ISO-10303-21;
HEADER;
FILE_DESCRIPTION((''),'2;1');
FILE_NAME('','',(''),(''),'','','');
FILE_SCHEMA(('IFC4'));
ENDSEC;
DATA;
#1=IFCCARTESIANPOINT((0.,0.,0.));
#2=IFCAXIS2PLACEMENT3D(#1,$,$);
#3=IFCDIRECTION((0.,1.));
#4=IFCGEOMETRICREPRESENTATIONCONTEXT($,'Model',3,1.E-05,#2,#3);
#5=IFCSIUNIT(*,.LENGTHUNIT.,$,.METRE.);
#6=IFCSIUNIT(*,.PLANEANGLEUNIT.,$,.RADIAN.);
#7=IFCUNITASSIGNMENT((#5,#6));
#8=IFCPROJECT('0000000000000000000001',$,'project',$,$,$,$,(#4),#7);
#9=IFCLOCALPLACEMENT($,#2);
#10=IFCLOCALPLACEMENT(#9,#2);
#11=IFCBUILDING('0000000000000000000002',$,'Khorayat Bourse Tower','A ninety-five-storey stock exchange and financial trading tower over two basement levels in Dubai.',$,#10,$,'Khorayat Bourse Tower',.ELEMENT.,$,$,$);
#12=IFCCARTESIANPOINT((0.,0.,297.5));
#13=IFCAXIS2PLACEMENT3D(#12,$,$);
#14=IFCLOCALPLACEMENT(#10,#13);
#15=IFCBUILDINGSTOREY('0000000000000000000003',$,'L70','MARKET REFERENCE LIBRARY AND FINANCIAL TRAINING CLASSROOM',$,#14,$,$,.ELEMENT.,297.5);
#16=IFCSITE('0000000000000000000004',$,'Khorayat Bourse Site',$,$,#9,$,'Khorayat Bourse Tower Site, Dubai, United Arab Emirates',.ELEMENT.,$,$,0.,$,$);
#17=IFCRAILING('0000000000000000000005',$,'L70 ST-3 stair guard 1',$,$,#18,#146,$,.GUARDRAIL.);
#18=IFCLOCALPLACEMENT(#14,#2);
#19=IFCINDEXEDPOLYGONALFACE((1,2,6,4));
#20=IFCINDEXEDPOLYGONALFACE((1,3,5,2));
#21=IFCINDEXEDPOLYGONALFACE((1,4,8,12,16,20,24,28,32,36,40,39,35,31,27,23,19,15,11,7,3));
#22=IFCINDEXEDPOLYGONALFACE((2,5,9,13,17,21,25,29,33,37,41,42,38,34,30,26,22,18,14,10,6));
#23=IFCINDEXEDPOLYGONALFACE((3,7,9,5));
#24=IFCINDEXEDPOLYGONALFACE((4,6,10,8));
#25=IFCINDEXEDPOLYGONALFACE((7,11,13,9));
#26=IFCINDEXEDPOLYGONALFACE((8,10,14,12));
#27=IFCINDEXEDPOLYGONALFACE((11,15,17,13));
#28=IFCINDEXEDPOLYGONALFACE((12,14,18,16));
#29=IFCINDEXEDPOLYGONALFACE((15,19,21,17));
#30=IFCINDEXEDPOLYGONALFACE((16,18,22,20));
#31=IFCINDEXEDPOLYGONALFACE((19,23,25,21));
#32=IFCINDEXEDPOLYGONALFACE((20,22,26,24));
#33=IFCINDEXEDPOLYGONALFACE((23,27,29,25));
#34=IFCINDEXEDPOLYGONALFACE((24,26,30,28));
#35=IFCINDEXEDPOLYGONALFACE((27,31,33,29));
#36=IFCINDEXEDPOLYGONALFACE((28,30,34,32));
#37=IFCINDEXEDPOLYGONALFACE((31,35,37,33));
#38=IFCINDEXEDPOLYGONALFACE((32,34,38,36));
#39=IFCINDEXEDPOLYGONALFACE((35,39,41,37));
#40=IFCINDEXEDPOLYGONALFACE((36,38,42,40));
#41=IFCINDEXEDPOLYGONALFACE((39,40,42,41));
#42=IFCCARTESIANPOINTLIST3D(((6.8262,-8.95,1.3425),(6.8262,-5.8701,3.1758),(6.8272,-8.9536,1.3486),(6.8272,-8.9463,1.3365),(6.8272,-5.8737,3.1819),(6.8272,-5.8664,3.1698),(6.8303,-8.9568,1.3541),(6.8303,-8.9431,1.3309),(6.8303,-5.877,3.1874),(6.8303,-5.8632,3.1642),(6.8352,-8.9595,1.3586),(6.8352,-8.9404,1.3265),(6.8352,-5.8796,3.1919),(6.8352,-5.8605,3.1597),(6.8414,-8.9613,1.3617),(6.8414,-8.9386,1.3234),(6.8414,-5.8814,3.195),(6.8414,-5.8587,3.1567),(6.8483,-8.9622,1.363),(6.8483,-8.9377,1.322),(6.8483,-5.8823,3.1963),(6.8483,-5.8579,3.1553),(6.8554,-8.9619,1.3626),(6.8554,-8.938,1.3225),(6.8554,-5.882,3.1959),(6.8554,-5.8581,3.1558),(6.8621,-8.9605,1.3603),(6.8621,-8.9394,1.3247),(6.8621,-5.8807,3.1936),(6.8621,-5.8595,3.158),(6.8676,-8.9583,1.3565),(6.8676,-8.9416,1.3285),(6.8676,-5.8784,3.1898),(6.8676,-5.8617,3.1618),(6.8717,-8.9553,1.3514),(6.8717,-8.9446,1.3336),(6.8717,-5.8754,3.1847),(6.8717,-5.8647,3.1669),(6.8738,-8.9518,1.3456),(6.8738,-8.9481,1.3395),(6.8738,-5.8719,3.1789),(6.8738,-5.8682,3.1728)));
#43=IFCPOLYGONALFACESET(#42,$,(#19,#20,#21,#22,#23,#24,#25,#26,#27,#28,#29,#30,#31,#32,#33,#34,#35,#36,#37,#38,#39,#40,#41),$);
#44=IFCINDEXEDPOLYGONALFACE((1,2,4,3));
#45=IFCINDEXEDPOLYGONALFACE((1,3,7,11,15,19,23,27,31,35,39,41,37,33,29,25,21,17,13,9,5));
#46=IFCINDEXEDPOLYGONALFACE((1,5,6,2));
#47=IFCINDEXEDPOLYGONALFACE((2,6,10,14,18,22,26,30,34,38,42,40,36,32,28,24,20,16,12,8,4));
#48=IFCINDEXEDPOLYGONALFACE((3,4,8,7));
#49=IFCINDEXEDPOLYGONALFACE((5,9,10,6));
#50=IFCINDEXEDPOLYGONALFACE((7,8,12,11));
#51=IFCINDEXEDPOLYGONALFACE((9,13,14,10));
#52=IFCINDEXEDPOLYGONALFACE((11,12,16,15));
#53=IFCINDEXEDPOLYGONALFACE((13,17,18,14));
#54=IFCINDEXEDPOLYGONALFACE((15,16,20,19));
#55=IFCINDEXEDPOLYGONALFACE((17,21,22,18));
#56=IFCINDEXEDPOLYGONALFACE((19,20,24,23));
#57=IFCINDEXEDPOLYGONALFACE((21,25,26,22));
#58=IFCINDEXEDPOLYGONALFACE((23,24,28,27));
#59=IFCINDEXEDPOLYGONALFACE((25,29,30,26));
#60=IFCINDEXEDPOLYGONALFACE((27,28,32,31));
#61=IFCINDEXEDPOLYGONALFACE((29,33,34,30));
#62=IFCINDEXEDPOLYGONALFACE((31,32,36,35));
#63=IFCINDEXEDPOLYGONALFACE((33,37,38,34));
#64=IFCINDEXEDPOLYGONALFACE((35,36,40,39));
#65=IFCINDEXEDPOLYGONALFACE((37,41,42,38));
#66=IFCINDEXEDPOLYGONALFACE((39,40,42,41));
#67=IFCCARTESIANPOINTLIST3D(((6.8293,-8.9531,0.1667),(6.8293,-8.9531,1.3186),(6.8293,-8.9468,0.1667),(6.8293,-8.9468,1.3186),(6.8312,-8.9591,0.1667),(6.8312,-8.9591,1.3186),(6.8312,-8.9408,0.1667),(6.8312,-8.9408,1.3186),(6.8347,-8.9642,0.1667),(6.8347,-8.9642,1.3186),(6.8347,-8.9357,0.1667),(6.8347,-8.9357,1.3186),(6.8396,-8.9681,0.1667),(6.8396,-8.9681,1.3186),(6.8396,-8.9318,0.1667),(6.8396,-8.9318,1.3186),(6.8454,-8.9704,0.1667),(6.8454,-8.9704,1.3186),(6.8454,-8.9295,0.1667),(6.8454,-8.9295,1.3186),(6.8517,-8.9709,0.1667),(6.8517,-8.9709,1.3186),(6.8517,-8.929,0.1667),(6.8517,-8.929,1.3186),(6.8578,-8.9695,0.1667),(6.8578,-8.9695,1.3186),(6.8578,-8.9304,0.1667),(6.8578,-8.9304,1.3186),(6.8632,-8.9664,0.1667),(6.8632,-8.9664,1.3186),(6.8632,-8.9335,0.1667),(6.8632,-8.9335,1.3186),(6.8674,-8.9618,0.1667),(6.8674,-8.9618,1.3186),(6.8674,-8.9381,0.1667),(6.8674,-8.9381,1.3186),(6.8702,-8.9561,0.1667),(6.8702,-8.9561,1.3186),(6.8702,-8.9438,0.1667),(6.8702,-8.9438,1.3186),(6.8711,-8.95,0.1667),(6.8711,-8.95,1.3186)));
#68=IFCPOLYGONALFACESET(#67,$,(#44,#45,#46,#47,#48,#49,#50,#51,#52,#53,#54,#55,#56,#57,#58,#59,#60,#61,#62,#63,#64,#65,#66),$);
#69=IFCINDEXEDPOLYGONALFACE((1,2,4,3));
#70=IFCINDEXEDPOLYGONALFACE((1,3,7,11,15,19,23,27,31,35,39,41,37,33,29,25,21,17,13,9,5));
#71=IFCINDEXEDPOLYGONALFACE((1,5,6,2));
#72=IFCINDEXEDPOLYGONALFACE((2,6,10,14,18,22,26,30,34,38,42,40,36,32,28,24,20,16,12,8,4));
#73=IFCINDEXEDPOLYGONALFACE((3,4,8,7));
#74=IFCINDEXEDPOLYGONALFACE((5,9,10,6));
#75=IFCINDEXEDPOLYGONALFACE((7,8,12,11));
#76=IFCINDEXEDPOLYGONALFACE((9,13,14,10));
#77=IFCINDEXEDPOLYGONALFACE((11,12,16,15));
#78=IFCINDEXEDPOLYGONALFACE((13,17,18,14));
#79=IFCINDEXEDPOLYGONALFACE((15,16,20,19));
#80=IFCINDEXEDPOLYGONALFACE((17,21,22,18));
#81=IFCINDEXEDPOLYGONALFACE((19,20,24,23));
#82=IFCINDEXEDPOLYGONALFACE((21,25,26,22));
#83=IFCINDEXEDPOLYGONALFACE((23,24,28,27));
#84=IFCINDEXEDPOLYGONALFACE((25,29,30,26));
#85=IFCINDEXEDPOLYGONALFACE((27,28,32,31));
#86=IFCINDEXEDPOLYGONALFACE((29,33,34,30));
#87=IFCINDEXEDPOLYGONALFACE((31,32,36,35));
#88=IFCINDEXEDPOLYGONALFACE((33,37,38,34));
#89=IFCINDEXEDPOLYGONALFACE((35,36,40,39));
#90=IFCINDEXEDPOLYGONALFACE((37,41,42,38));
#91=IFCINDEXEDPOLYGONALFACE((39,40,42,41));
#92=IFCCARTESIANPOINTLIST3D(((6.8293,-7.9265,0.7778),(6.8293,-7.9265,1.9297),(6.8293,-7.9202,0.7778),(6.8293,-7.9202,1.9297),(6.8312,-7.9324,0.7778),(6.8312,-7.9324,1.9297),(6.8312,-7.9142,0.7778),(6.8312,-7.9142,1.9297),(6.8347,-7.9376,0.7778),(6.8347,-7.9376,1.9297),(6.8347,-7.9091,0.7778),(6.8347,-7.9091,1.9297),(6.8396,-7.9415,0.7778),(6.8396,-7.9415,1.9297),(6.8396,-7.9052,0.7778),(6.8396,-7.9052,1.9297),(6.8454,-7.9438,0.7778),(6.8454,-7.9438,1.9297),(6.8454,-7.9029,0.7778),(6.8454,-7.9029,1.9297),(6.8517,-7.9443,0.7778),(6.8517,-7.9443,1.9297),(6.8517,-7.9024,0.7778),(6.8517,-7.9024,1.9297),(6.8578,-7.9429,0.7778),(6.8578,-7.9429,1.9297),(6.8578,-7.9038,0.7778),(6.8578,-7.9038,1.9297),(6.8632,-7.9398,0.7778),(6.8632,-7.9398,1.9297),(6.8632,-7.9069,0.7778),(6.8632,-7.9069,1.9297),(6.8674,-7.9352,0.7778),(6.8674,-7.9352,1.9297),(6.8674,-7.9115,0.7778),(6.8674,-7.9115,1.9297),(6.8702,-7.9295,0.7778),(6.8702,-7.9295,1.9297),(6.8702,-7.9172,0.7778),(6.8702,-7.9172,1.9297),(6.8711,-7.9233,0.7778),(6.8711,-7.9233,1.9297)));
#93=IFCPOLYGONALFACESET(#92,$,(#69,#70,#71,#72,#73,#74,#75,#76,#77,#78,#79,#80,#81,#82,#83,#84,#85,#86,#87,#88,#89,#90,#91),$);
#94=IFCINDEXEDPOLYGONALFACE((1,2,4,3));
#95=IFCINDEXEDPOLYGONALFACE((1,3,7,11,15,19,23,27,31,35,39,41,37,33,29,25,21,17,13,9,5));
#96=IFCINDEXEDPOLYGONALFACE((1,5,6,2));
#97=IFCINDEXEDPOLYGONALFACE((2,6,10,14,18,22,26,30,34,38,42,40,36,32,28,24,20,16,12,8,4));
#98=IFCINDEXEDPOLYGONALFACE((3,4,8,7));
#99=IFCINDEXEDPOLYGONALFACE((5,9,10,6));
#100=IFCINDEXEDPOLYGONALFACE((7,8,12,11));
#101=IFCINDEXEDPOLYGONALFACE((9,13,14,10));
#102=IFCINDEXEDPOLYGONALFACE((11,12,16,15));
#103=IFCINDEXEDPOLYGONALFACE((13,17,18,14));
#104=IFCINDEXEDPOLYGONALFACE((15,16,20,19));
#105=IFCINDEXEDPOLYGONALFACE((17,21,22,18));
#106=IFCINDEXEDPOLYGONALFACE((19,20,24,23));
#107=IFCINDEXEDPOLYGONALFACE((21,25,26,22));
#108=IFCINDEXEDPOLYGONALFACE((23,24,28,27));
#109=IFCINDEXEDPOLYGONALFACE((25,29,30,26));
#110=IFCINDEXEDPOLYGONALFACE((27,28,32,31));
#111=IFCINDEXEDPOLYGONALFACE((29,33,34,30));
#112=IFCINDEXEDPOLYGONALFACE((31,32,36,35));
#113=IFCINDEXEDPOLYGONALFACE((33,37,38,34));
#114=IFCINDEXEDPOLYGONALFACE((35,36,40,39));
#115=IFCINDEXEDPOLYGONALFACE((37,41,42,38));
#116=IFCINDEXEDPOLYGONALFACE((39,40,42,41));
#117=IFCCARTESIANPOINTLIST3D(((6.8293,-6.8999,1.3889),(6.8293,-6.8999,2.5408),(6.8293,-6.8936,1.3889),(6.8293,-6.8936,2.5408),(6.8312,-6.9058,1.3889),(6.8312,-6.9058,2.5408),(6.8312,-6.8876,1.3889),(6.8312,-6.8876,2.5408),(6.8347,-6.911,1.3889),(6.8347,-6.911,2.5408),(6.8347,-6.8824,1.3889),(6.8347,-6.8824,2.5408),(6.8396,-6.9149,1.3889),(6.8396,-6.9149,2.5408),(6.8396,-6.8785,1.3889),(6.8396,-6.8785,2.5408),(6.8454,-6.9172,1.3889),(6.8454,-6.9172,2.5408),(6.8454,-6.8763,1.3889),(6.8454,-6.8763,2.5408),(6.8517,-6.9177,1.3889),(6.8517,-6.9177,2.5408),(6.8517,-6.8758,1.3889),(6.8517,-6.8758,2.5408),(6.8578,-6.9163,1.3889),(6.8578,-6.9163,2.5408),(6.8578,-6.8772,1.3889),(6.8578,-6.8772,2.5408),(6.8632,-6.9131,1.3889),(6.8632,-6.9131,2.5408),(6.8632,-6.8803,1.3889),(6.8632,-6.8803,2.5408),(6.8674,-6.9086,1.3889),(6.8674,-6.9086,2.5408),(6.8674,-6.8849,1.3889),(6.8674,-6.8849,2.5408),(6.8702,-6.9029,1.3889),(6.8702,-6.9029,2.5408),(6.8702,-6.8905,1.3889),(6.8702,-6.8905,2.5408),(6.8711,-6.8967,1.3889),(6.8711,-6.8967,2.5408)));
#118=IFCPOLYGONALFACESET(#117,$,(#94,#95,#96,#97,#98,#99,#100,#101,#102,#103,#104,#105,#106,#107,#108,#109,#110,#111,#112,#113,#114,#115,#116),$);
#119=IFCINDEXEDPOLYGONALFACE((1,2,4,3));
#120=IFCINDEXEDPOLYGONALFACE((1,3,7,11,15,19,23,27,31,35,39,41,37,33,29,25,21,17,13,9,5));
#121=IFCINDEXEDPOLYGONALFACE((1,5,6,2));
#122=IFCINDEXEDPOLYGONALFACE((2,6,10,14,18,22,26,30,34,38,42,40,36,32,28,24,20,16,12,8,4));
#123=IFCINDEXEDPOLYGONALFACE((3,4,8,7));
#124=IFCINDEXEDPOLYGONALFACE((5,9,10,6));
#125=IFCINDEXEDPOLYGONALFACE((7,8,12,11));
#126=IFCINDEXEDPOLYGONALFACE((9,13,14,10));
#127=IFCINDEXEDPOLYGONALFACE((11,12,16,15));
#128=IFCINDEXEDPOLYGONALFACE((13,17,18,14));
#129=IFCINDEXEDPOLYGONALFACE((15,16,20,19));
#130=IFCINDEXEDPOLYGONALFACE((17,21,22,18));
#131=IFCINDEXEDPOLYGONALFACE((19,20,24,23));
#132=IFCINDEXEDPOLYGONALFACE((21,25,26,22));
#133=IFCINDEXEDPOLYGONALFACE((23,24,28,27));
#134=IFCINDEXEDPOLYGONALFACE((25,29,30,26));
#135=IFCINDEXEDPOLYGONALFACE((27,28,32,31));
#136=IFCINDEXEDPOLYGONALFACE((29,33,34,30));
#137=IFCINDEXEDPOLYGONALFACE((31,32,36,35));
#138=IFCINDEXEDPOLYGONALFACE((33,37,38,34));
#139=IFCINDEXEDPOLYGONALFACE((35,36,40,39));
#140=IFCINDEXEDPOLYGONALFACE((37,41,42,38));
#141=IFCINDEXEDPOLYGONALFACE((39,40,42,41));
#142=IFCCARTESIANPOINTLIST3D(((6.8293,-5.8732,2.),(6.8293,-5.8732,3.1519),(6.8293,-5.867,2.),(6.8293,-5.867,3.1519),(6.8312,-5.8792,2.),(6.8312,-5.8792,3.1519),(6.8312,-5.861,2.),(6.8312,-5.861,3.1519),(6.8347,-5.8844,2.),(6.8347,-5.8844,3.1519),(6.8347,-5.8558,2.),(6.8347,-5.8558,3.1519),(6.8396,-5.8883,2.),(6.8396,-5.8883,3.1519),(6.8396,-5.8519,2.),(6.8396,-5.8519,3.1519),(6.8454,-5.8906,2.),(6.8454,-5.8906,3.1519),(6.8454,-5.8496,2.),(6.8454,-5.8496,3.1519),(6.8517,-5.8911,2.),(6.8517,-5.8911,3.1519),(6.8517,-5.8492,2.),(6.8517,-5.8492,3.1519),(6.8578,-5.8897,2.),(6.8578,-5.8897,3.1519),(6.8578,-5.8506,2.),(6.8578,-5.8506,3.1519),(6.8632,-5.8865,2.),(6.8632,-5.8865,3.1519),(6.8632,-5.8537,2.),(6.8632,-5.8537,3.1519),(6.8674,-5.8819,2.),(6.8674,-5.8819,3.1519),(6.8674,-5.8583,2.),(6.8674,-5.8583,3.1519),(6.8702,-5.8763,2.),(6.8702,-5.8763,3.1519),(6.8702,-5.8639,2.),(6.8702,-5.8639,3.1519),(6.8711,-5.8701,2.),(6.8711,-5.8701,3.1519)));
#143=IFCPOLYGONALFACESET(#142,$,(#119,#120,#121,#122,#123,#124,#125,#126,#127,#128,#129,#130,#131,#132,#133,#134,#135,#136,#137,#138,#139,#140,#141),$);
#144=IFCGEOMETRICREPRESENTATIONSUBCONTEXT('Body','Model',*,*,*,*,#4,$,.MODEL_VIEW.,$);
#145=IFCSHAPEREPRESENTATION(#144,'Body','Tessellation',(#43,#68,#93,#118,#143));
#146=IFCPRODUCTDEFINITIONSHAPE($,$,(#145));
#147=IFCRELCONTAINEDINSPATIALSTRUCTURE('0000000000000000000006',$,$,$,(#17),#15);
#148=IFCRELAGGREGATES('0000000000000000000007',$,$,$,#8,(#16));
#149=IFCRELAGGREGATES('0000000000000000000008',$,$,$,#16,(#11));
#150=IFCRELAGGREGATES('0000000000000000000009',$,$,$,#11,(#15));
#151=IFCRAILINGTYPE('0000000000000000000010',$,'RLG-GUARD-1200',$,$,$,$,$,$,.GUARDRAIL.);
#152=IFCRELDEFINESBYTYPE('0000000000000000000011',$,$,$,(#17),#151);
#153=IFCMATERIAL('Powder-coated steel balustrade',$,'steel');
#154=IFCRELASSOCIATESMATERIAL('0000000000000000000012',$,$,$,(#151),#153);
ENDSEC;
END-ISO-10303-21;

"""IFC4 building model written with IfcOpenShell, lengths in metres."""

from ifc_helpers import new_model, si_unit, direction, frame, origin, origin_2d, place, context, subcontext, project, spatial, circle, extrude, source, transform, mapped, material, type_object, element, save


model = new_model("IFC4")

# Units and contexts
model_context = context("Model", 3, precision=1e-05, world=origin(), true_north=direction((0.0, 1.0)))
body_context = subcontext(model_context, "Body", "Model", "MODEL_VIEW")
ifc_project = project(units=[si_unit("LENGTHUNIT", "METRE"), si_unit("PLANEANGLEUNIT", "RADIAN")], contexts=[model_context])

# Site, building, storey
site_placement = place(None, origin())
site = spatial("IfcSite", under=ifc_project, at=site_placement, Name="Khorayat Bourse Site", LongName="Khorayat Bourse Tower Site, Dubai, United Arab Emirates", CompositionType="ELEMENT", RefElevation=0.0)
building_placement = place(site_placement, origin())
building = spatial("IfcBuilding", under=site, at=building_placement, Name="Khorayat Bourse Tower", Description="A ninety-five-storey stock exchange and financial trading tower over two basement levels in Dubai.", LongName="Khorayat Bourse Tower", CompositionType="ELEMENT")
storey_placement = place(building_placement, frame((0.0, 0.0, 297.5)))
storey = spatial("IfcBuildingStorey", under=building, at=storey_placement, Name="L70", Description="MARKET REFERENCE LIBRARY AND FINANCIAL TRAINING CLASSROOM", CompositionType="ELEMENT", Elevation=297.5)

# Railing
ifc_material_1 = material(Name="Powder-coated steel balustrade", Category="steel")
railing_type_1 = type_object("IfcRailingType", Name="RLG-GUARD-1200", PredefinedType="GUARDRAIL", material=ifc_material_1)
shared_shape_1 = source(origin(), body_context, "Body", "SweptSolid", [
    extrude(circle(Radius=0.0239, at=origin_2d()), frame((0.0, 0.0, 1.1758), z_axis=(0.0, 0.859291, 0.511487), x_axis=(-1.0, 0.0, 0.0)), (0.0, 0.0, 1.0), 3.5842),
    extrude(circle(Radius=0.021, at=origin_2d()), origin(), (0.0, 0.0, 1.0), 1.1519),
    extrude(circle(Radius=0.021, at=origin_2d()), frame((0.0, 1.0266, 0.6111)), (0.0, 0.0, 1.0), 1.1519),
    extrude(circle(Radius=0.021, at=origin_2d()), frame((0.0, 2.0532, 1.2222)), (0.0, 0.0, 1.0), 1.1519),
    extrude(circle(Radius=0.021, at=origin_2d()), frame((0.0, 3.0798, 1.8333)), (0.0, 0.0, 1.0), 1.1519),
])
railing_1_placement = place(storey_placement, frame((6.8501, -8.95, 0.1667)))
element("IfcRailing", 1, at=railing_1_placement, inside=storey, type_object=railing_type_1, Name="L70 ST-3 stair guard 1", PredefinedType="GUARDRAIL", context=body_context, shape_type="MappedRepresentation", body=[
    mapped(shared_shape_1, transform((0.0, 0.0, 0.0), scale=1.0)),
])

save(model, "model.ifc")
